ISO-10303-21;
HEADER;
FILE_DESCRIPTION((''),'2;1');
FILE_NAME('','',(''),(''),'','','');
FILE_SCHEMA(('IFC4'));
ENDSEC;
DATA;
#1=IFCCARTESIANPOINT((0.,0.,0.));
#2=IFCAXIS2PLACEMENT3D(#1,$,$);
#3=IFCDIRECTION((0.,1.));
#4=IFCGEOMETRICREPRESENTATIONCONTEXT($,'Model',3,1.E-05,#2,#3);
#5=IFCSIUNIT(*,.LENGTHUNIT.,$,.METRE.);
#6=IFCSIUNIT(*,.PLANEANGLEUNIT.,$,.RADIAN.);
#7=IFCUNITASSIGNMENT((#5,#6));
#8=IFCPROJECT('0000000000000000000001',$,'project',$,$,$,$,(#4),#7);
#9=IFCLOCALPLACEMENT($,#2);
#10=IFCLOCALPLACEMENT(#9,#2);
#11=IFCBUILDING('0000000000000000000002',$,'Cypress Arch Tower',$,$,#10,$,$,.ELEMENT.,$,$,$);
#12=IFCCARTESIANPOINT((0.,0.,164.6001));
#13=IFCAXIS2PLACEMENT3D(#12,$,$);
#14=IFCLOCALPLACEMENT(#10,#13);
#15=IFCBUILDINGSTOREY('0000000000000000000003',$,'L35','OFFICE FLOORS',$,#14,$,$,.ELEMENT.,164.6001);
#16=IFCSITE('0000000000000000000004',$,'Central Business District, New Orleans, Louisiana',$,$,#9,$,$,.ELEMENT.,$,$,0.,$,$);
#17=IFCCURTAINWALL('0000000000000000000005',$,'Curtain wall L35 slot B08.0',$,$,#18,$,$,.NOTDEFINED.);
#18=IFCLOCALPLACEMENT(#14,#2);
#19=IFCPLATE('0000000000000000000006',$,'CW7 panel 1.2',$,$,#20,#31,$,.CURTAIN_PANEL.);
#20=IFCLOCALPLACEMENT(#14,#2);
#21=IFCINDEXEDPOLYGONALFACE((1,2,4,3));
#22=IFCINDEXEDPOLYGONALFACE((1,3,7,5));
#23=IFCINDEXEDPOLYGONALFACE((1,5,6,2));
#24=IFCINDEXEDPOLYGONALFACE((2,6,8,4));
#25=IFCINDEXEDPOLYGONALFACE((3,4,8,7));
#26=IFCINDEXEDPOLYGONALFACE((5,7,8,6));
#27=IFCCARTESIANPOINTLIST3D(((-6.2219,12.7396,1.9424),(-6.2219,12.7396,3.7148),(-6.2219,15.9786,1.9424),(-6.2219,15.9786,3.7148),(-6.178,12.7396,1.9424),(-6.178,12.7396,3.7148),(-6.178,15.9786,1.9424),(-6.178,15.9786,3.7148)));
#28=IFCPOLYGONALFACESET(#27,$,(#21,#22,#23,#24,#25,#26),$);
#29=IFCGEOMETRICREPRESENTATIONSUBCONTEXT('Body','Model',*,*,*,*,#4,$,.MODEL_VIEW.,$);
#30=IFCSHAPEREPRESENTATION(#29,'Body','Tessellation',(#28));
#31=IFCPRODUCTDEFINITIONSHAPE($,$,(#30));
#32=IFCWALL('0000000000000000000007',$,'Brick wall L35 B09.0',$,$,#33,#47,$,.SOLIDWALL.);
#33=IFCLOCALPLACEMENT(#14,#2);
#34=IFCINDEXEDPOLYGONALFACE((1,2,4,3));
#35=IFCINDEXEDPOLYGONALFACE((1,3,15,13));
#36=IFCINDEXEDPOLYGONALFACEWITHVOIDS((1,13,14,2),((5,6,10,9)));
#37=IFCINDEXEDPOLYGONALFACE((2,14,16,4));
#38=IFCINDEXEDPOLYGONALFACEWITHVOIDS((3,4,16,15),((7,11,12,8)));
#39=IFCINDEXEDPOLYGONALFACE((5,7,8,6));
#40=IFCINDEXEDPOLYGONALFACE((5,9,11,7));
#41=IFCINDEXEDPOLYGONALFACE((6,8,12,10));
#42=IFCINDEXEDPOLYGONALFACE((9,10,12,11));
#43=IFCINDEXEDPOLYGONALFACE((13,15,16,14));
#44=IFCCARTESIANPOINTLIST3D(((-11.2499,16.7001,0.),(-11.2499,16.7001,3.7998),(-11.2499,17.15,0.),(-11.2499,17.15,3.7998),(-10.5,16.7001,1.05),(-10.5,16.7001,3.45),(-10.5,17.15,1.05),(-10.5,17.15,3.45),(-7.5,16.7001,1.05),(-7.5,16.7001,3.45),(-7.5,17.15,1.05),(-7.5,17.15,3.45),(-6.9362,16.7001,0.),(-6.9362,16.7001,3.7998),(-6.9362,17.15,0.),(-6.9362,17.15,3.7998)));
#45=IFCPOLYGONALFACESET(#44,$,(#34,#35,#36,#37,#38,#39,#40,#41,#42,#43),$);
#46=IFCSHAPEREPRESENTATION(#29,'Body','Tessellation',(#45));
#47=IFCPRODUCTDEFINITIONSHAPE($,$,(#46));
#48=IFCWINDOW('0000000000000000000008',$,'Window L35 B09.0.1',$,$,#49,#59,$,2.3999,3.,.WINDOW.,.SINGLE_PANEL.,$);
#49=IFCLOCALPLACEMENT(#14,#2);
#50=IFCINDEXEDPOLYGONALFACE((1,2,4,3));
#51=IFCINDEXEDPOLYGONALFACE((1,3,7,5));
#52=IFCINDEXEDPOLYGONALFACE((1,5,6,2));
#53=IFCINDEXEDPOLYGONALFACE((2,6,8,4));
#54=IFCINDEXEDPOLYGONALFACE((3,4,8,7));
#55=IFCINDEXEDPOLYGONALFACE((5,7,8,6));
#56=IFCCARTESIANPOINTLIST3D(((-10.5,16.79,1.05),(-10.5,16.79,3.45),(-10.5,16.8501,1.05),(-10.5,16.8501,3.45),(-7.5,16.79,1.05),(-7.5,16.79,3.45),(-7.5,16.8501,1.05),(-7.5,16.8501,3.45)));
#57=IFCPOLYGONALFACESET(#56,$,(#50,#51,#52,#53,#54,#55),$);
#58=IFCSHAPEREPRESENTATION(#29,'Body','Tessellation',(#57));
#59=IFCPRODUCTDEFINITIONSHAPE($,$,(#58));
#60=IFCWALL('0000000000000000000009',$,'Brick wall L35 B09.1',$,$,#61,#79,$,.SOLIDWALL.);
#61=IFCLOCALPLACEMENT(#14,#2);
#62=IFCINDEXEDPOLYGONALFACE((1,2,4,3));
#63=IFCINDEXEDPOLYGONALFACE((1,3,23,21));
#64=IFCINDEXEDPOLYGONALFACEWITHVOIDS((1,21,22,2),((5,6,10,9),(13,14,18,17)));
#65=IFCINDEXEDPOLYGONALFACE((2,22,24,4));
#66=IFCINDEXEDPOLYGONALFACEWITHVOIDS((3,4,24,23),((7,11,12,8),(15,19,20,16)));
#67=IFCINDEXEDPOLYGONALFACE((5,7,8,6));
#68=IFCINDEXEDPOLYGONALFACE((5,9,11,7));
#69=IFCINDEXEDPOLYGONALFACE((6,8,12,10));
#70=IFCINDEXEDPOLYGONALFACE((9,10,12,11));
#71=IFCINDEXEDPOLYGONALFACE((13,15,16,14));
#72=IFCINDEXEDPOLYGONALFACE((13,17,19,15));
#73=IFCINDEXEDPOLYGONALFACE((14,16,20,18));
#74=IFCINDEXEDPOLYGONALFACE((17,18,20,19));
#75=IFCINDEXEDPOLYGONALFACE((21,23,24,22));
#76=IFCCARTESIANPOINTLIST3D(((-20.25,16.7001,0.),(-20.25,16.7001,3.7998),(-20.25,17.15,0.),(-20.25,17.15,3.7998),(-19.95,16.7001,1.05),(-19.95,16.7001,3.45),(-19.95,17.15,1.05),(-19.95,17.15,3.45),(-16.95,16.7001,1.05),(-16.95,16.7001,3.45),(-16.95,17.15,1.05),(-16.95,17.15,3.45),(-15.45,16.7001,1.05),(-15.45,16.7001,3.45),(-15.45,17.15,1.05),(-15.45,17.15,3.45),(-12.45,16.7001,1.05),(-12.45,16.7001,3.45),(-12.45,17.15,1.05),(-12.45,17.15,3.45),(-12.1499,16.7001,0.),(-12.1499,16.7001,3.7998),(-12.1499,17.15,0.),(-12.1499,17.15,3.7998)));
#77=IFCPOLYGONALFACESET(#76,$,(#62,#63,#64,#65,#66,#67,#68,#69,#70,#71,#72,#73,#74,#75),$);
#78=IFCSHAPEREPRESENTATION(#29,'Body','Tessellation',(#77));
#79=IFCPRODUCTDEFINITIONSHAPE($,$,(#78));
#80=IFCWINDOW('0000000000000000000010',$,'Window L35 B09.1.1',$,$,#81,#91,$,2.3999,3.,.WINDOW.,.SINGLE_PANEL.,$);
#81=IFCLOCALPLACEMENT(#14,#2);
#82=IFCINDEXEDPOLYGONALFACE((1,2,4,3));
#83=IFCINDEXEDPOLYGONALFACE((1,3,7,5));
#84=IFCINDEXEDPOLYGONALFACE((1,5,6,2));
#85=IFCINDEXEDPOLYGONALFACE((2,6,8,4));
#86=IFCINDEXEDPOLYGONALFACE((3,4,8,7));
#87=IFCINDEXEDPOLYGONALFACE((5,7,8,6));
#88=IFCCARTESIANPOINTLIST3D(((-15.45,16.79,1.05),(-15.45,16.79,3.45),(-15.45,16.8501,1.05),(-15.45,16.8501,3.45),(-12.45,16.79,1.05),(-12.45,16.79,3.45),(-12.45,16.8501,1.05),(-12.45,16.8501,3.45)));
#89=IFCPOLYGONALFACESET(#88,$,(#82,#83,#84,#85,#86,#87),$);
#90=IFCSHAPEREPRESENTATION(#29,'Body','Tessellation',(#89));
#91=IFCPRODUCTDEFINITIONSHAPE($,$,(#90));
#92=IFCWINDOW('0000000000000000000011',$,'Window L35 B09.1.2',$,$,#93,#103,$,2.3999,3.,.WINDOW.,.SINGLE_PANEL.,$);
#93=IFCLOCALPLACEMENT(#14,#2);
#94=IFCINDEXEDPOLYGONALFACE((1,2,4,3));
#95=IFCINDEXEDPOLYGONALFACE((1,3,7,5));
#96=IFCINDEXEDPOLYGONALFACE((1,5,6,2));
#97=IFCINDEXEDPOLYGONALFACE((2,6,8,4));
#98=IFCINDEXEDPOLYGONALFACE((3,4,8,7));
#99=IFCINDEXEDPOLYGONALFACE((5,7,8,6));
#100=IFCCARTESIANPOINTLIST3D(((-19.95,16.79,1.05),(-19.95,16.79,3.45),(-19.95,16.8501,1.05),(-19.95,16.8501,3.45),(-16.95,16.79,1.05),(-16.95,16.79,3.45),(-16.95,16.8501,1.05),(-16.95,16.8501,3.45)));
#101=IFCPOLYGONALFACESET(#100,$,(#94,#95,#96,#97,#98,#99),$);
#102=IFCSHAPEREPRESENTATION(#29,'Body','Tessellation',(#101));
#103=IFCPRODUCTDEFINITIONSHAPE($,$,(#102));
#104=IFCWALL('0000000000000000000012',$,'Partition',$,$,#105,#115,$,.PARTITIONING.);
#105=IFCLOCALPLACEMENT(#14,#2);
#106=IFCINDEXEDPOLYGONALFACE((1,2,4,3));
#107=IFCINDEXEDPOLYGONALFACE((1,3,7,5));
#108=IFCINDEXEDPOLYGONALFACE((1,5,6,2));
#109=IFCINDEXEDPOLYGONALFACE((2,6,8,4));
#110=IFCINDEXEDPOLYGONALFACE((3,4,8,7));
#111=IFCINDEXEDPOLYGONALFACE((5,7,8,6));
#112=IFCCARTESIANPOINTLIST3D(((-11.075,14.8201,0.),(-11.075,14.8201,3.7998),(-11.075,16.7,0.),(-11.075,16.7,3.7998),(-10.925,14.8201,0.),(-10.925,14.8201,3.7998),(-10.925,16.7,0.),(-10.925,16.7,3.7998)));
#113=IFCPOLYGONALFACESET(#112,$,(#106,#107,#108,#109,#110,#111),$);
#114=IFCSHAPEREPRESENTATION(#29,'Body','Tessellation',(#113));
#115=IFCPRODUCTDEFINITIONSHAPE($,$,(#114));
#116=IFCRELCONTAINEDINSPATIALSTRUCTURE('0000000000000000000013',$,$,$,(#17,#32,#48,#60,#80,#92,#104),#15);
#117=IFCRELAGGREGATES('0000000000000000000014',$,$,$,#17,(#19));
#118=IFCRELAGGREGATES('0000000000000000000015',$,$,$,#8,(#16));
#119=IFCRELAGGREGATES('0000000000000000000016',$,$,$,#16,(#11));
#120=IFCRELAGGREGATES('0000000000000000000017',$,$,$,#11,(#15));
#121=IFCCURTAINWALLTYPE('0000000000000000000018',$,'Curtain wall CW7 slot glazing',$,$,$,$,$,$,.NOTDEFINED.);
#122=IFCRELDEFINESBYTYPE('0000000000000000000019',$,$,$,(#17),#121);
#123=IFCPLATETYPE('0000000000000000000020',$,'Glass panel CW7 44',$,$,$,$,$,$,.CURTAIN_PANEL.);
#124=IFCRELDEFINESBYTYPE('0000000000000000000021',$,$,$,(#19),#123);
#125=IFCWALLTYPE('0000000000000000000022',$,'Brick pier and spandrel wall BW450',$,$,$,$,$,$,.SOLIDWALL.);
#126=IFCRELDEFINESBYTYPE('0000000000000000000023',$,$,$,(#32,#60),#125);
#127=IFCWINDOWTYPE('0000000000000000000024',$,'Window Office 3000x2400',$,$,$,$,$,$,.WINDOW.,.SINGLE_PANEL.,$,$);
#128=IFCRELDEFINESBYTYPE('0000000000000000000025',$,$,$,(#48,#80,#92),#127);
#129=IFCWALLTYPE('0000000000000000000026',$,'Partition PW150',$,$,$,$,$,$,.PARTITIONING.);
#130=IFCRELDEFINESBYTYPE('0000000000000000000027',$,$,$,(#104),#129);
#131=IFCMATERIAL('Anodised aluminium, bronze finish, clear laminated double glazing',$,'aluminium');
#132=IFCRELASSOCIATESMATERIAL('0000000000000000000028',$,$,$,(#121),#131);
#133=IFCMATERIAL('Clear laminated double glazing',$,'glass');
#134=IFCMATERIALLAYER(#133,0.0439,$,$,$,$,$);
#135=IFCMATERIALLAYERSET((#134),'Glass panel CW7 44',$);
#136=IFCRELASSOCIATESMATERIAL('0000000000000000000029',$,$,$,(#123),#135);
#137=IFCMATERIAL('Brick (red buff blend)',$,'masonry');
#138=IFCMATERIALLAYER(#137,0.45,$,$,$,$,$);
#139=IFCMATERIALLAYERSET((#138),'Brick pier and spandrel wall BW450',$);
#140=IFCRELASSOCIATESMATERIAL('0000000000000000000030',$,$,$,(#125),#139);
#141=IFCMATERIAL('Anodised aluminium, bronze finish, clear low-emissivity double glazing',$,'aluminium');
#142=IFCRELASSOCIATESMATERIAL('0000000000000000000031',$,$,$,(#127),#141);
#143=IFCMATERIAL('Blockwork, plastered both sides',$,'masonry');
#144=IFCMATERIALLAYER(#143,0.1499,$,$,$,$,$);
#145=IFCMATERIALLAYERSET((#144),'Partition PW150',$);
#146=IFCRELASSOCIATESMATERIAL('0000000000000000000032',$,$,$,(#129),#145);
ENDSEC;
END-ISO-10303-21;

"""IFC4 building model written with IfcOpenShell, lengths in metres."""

from ifc_helpers import new_model, si_unit, direction, frame, frame_2d, origin, origin_2d, place, context, subcontext, project, spatial, rectangle, extrude, material, layer, layer_set, type_object, element, fill, aggregate, save


model = new_model("IFC4")

# Units and contexts
model_context = context("Model", 3, precision=1e-05, world=origin(), true_north=direction((0.0, 1.0)))
body_context = subcontext(model_context, "Body", "Model", "MODEL_VIEW")
ifc_project = project(units=[si_unit("LENGTHUNIT", "METRE"), si_unit("PLANEANGLEUNIT", "RADIAN")], contexts=[model_context])

# Site, building, storey
site_placement = place(None, origin())
site = spatial("IfcSite", under=ifc_project, at=site_placement, Name="Central Business District, New Orleans, Louisiana", CompositionType="ELEMENT", RefElevation=0.0)
building_placement = place(site_placement, origin())
building = spatial("IfcBuilding", under=site, at=building_placement, Name="Cypress Arch Tower", CompositionType="ELEMENT")
storey_placement = place(building_placement, frame((0.0, 0.0, 164.6001)))
storey = spatial("IfcBuildingStorey", under=building, at=storey_placement, Name="L35", Description="OFFICE FLOORS", CompositionType="ELEMENT", Elevation=164.6001)

# Shared definitions
ifc_material_1 = material(Name="Anodised aluminium, bronze finish, clear laminated double glazing", Category="aluminium")
curtain_wall_type = type_object("IfcCurtainWallType", Name="Curtain wall CW7 slot glazing", PredefinedType="NOTDEFINED", material=ifc_material_1)

# Curtain wall
curtain_wall_1_placement = place(storey_placement, origin())
curtain_wall_1 = element("IfcCurtainWall", 1, at=curtain_wall_1_placement, inside=storey, type_object=curtain_wall_type, Name="Curtain wall L35 slot B08.0", PredefinedType="NOTDEFINED")

# Plate
ifc_material_2 = material(Name="Clear laminated double glazing", Category="glass")
ifc_layer_1 = layer(ifc_material_2, 0.0439)
ifc_layer_set_1 = layer_set([ifc_layer_1], Name="Glass panel CW7 44")
plate_type = type_object("IfcPlateType", Name="Glass panel CW7 44", PredefinedType="CURTAIN_PANEL", material=ifc_layer_set_1)
plate_1_placement = place(storey_placement, frame((-6.2, 14.3591, 1.9424), z_axis=(0.0, 0.0, 1.0), x_axis=(0.0, 1.0, 0.0)))
plate_1 = element("IfcPlate", 2, at=plate_1_placement, type_object=plate_type, Name="CW7 panel 1.2", PredefinedType="CURTAIN_PANEL", context=body_context, shape_type="SweptSolid", body=[
    extrude(rectangle(XDim=3.239, YDim=0.0439, at=origin_2d()), origin(), (0.0, 0.0, 1.0), 1.7725),
])
aggregate(curtain_wall_1, [plate_1])

# Wall, opening, window
ifc_material_3 = material(Name="Brick (red buff blend)", Category="masonry")
ifc_layer_2 = layer(ifc_material_3, 0.45)
ifc_layer_set_2 = layer_set([ifc_layer_2], Name="Brick pier and spandrel wall BW450")
wall_type_1 = type_object("IfcWallType", Name="Brick pier and spandrel wall BW450", PredefinedType="SOLIDWALL", material=ifc_layer_set_2)
wall_1_placement = place(storey_placement, frame((-6.9363, 16.925, 0.0), z_axis=(0.0, 0.0, 1.0), x_axis=(-1.0, 0.0, 0.0)))
wall_1 = element("IfcWall", 3, at=wall_1_placement, inside=storey, type_object=wall_type_1, Name="Brick wall L35 B09.0", PredefinedType="SOLIDWALL", context=body_context, shape_type="SweptSolid", body=[
    extrude(rectangle(XDim=4.3137, YDim=0.45, at=frame_2d((2.1567, 0.0))), origin(), (0.0, 0.0, 1.0), 3.7998),
])
opening_1_placement = place(wall_1_placement, frame((0.5637, 0.0, 1.05)))
opening_1 = element("IfcOpeningElement", 4, at=opening_1_placement, cuts=wall_1, PredefinedType="OPENING", context=body_context, shape_type="SweptSolid", body=[
    extrude(rectangle(XDim=3.0, YDim=2.3999, at=frame_2d((1.5, 1.2))), frame((0.0, 0.2349, 0.0), z_axis=(0.0, -1.0, 0.0), x_axis=(1.0, 0.0, 0.0)), (0.0, 0.0, 1.0), 0.47),
])
ifc_material_4 = material(Name="Anodised aluminium, bronze finish, clear low-emissivity double glazing", Category="aluminium")
window_type = type_object("IfcWindowType", Name="Window Office 3000x2400", PartitioningType="SINGLE_PANEL", PredefinedType="WINDOW", material=ifc_material_4)
window_1_placement = place(opening_1_placement, origin())
window_1 = element("IfcWindow", 5, at=window_1_placement, inside=storey, type_object=window_type, Name="Window L35 B09.0.1", OverallHeight=2.3999, OverallWidth=3.0, PartitioningType="SINGLE_PANEL", PredefinedType="WINDOW", context=body_context, shape_type="SweptSolid", body=[
    extrude(rectangle(XDim=3.0, YDim=2.3999, at=frame_2d((1.5, 1.2))), frame((0.0, 0.135, 0.0), z_axis=(0.0, -1.0, 0.0), x_axis=(1.0, 0.0, 0.0)), (0.0, 0.0, 1.0), 0.0601),
])
fill(opening_1, window_1)

# Wall, openings, windows
wall_2_placement = place(storey_placement, frame((-12.1499, 16.925, 0.0), z_axis=(0.0, 0.0, 1.0), x_axis=(-1.0, 0.0, 0.0)))
wall_2 = element("IfcWall", 6, at=wall_2_placement, inside=storey, type_object=wall_type_1, Name="Brick wall L35 B09.1", PredefinedType="SOLIDWALL", context=body_context, shape_type="SweptSolid", body=[
    extrude(rectangle(XDim=8.1001, YDim=0.45, at=frame_2d((4.05, 0.0))), origin(), (0.0, 0.0, 1.0), 3.7998),
])
opening_2_placement = place(wall_2_placement, frame((0.3, 0.0, 1.05)))
opening_2 = element("IfcOpeningElement", 7, at=opening_2_placement, cuts=wall_2, PredefinedType="OPENING", context=body_context, shape_type="SweptSolid", body=[
    extrude(rectangle(XDim=3.0, YDim=2.3999, at=frame_2d((1.5, 1.2))), frame((0.0, 0.2349, 0.0), z_axis=(0.0, -1.0, 0.0), x_axis=(1.0, 0.0, 0.0)), (0.0, 0.0, 1.0), 0.47),
])
opening_3_placement = place(wall_2_placement, frame((4.8, 0.0, 1.05)))
opening_3 = element("IfcOpeningElement", 8, at=opening_3_placement, cuts=wall_2, PredefinedType="OPENING", context=body_context, shape_type="SweptSolid", body=[
    extrude(rectangle(XDim=3.0, YDim=2.3999, at=frame_2d((1.5, 1.2))), frame((0.0, 0.2349, 0.0), z_axis=(0.0, -1.0, 0.0), x_axis=(1.0, 0.0, 0.0)), (0.0, 0.0, 1.0), 0.47),
])
window_2_placement = place(opening_2_placement, origin())
window_2 = element("IfcWindow", 9, at=window_2_placement, inside=storey, type_object=window_type, Name="Window L35 B09.1.1", OverallHeight=2.3999, OverallWidth=3.0, PartitioningType="SINGLE_PANEL", PredefinedType="WINDOW", context=body_context, shape_type="SweptSolid", body=[
    extrude(rectangle(XDim=3.0, YDim=2.3999, at=frame_2d((1.5, 1.2))), frame((0.0, 0.135, 0.0), z_axis=(0.0, -1.0, 0.0), x_axis=(1.0, 0.0, 0.0)), (0.0, 0.0, 1.0), 0.0601),
])
fill(opening_2, window_2)
window_3_placement = place(opening_3_placement, origin())
window_3 = element("IfcWindow", 10, at=window_3_placement, inside=storey, type_object=window_type, Name="Window L35 B09.1.2", OverallHeight=2.3999, OverallWidth=3.0, PartitioningType="SINGLE_PANEL", PredefinedType="WINDOW", context=body_context, shape_type="SweptSolid", body=[
    extrude(rectangle(XDim=3.0, YDim=2.3999, at=frame_2d((1.5, 1.2))), frame((0.0, 0.135, 0.0), z_axis=(0.0, -1.0, 0.0), x_axis=(1.0, 0.0, 0.0)), (0.0, 0.0, 1.0), 0.0601),
])
fill(opening_3, window_3)

# Wall
ifc_material_5 = material(Name="Blockwork, plastered both sides", Category="masonry")
ifc_layer_3 = layer(ifc_material_5, 0.1499)
ifc_layer_set_3 = layer_set([ifc_layer_3], Name="Partition PW150")
wall_type_2 = type_object("IfcWallType", Name="Partition PW150", PredefinedType="PARTITIONING", material=ifc_layer_set_3)
wall_3_placement = place(storey_placement, frame((-11.0, 14.8201, 0.0), z_axis=(0.0, 0.0, 1.0), x_axis=(0.0, 1.0, 0.0)))
element("IfcWall", 11, at=wall_3_placement, inside=storey, type_object=wall_type_2, Name="Partition", PredefinedType="PARTITIONING", context=body_context, shape_type="SweptSolid", body=[
    extrude(rectangle(XDim=1.8799, YDim=0.1499, at=frame_2d((0.9399, 0.0))), origin(), (0.0, 0.0, 1.0), 3.7998),
])

save(model, "model.ifc")
